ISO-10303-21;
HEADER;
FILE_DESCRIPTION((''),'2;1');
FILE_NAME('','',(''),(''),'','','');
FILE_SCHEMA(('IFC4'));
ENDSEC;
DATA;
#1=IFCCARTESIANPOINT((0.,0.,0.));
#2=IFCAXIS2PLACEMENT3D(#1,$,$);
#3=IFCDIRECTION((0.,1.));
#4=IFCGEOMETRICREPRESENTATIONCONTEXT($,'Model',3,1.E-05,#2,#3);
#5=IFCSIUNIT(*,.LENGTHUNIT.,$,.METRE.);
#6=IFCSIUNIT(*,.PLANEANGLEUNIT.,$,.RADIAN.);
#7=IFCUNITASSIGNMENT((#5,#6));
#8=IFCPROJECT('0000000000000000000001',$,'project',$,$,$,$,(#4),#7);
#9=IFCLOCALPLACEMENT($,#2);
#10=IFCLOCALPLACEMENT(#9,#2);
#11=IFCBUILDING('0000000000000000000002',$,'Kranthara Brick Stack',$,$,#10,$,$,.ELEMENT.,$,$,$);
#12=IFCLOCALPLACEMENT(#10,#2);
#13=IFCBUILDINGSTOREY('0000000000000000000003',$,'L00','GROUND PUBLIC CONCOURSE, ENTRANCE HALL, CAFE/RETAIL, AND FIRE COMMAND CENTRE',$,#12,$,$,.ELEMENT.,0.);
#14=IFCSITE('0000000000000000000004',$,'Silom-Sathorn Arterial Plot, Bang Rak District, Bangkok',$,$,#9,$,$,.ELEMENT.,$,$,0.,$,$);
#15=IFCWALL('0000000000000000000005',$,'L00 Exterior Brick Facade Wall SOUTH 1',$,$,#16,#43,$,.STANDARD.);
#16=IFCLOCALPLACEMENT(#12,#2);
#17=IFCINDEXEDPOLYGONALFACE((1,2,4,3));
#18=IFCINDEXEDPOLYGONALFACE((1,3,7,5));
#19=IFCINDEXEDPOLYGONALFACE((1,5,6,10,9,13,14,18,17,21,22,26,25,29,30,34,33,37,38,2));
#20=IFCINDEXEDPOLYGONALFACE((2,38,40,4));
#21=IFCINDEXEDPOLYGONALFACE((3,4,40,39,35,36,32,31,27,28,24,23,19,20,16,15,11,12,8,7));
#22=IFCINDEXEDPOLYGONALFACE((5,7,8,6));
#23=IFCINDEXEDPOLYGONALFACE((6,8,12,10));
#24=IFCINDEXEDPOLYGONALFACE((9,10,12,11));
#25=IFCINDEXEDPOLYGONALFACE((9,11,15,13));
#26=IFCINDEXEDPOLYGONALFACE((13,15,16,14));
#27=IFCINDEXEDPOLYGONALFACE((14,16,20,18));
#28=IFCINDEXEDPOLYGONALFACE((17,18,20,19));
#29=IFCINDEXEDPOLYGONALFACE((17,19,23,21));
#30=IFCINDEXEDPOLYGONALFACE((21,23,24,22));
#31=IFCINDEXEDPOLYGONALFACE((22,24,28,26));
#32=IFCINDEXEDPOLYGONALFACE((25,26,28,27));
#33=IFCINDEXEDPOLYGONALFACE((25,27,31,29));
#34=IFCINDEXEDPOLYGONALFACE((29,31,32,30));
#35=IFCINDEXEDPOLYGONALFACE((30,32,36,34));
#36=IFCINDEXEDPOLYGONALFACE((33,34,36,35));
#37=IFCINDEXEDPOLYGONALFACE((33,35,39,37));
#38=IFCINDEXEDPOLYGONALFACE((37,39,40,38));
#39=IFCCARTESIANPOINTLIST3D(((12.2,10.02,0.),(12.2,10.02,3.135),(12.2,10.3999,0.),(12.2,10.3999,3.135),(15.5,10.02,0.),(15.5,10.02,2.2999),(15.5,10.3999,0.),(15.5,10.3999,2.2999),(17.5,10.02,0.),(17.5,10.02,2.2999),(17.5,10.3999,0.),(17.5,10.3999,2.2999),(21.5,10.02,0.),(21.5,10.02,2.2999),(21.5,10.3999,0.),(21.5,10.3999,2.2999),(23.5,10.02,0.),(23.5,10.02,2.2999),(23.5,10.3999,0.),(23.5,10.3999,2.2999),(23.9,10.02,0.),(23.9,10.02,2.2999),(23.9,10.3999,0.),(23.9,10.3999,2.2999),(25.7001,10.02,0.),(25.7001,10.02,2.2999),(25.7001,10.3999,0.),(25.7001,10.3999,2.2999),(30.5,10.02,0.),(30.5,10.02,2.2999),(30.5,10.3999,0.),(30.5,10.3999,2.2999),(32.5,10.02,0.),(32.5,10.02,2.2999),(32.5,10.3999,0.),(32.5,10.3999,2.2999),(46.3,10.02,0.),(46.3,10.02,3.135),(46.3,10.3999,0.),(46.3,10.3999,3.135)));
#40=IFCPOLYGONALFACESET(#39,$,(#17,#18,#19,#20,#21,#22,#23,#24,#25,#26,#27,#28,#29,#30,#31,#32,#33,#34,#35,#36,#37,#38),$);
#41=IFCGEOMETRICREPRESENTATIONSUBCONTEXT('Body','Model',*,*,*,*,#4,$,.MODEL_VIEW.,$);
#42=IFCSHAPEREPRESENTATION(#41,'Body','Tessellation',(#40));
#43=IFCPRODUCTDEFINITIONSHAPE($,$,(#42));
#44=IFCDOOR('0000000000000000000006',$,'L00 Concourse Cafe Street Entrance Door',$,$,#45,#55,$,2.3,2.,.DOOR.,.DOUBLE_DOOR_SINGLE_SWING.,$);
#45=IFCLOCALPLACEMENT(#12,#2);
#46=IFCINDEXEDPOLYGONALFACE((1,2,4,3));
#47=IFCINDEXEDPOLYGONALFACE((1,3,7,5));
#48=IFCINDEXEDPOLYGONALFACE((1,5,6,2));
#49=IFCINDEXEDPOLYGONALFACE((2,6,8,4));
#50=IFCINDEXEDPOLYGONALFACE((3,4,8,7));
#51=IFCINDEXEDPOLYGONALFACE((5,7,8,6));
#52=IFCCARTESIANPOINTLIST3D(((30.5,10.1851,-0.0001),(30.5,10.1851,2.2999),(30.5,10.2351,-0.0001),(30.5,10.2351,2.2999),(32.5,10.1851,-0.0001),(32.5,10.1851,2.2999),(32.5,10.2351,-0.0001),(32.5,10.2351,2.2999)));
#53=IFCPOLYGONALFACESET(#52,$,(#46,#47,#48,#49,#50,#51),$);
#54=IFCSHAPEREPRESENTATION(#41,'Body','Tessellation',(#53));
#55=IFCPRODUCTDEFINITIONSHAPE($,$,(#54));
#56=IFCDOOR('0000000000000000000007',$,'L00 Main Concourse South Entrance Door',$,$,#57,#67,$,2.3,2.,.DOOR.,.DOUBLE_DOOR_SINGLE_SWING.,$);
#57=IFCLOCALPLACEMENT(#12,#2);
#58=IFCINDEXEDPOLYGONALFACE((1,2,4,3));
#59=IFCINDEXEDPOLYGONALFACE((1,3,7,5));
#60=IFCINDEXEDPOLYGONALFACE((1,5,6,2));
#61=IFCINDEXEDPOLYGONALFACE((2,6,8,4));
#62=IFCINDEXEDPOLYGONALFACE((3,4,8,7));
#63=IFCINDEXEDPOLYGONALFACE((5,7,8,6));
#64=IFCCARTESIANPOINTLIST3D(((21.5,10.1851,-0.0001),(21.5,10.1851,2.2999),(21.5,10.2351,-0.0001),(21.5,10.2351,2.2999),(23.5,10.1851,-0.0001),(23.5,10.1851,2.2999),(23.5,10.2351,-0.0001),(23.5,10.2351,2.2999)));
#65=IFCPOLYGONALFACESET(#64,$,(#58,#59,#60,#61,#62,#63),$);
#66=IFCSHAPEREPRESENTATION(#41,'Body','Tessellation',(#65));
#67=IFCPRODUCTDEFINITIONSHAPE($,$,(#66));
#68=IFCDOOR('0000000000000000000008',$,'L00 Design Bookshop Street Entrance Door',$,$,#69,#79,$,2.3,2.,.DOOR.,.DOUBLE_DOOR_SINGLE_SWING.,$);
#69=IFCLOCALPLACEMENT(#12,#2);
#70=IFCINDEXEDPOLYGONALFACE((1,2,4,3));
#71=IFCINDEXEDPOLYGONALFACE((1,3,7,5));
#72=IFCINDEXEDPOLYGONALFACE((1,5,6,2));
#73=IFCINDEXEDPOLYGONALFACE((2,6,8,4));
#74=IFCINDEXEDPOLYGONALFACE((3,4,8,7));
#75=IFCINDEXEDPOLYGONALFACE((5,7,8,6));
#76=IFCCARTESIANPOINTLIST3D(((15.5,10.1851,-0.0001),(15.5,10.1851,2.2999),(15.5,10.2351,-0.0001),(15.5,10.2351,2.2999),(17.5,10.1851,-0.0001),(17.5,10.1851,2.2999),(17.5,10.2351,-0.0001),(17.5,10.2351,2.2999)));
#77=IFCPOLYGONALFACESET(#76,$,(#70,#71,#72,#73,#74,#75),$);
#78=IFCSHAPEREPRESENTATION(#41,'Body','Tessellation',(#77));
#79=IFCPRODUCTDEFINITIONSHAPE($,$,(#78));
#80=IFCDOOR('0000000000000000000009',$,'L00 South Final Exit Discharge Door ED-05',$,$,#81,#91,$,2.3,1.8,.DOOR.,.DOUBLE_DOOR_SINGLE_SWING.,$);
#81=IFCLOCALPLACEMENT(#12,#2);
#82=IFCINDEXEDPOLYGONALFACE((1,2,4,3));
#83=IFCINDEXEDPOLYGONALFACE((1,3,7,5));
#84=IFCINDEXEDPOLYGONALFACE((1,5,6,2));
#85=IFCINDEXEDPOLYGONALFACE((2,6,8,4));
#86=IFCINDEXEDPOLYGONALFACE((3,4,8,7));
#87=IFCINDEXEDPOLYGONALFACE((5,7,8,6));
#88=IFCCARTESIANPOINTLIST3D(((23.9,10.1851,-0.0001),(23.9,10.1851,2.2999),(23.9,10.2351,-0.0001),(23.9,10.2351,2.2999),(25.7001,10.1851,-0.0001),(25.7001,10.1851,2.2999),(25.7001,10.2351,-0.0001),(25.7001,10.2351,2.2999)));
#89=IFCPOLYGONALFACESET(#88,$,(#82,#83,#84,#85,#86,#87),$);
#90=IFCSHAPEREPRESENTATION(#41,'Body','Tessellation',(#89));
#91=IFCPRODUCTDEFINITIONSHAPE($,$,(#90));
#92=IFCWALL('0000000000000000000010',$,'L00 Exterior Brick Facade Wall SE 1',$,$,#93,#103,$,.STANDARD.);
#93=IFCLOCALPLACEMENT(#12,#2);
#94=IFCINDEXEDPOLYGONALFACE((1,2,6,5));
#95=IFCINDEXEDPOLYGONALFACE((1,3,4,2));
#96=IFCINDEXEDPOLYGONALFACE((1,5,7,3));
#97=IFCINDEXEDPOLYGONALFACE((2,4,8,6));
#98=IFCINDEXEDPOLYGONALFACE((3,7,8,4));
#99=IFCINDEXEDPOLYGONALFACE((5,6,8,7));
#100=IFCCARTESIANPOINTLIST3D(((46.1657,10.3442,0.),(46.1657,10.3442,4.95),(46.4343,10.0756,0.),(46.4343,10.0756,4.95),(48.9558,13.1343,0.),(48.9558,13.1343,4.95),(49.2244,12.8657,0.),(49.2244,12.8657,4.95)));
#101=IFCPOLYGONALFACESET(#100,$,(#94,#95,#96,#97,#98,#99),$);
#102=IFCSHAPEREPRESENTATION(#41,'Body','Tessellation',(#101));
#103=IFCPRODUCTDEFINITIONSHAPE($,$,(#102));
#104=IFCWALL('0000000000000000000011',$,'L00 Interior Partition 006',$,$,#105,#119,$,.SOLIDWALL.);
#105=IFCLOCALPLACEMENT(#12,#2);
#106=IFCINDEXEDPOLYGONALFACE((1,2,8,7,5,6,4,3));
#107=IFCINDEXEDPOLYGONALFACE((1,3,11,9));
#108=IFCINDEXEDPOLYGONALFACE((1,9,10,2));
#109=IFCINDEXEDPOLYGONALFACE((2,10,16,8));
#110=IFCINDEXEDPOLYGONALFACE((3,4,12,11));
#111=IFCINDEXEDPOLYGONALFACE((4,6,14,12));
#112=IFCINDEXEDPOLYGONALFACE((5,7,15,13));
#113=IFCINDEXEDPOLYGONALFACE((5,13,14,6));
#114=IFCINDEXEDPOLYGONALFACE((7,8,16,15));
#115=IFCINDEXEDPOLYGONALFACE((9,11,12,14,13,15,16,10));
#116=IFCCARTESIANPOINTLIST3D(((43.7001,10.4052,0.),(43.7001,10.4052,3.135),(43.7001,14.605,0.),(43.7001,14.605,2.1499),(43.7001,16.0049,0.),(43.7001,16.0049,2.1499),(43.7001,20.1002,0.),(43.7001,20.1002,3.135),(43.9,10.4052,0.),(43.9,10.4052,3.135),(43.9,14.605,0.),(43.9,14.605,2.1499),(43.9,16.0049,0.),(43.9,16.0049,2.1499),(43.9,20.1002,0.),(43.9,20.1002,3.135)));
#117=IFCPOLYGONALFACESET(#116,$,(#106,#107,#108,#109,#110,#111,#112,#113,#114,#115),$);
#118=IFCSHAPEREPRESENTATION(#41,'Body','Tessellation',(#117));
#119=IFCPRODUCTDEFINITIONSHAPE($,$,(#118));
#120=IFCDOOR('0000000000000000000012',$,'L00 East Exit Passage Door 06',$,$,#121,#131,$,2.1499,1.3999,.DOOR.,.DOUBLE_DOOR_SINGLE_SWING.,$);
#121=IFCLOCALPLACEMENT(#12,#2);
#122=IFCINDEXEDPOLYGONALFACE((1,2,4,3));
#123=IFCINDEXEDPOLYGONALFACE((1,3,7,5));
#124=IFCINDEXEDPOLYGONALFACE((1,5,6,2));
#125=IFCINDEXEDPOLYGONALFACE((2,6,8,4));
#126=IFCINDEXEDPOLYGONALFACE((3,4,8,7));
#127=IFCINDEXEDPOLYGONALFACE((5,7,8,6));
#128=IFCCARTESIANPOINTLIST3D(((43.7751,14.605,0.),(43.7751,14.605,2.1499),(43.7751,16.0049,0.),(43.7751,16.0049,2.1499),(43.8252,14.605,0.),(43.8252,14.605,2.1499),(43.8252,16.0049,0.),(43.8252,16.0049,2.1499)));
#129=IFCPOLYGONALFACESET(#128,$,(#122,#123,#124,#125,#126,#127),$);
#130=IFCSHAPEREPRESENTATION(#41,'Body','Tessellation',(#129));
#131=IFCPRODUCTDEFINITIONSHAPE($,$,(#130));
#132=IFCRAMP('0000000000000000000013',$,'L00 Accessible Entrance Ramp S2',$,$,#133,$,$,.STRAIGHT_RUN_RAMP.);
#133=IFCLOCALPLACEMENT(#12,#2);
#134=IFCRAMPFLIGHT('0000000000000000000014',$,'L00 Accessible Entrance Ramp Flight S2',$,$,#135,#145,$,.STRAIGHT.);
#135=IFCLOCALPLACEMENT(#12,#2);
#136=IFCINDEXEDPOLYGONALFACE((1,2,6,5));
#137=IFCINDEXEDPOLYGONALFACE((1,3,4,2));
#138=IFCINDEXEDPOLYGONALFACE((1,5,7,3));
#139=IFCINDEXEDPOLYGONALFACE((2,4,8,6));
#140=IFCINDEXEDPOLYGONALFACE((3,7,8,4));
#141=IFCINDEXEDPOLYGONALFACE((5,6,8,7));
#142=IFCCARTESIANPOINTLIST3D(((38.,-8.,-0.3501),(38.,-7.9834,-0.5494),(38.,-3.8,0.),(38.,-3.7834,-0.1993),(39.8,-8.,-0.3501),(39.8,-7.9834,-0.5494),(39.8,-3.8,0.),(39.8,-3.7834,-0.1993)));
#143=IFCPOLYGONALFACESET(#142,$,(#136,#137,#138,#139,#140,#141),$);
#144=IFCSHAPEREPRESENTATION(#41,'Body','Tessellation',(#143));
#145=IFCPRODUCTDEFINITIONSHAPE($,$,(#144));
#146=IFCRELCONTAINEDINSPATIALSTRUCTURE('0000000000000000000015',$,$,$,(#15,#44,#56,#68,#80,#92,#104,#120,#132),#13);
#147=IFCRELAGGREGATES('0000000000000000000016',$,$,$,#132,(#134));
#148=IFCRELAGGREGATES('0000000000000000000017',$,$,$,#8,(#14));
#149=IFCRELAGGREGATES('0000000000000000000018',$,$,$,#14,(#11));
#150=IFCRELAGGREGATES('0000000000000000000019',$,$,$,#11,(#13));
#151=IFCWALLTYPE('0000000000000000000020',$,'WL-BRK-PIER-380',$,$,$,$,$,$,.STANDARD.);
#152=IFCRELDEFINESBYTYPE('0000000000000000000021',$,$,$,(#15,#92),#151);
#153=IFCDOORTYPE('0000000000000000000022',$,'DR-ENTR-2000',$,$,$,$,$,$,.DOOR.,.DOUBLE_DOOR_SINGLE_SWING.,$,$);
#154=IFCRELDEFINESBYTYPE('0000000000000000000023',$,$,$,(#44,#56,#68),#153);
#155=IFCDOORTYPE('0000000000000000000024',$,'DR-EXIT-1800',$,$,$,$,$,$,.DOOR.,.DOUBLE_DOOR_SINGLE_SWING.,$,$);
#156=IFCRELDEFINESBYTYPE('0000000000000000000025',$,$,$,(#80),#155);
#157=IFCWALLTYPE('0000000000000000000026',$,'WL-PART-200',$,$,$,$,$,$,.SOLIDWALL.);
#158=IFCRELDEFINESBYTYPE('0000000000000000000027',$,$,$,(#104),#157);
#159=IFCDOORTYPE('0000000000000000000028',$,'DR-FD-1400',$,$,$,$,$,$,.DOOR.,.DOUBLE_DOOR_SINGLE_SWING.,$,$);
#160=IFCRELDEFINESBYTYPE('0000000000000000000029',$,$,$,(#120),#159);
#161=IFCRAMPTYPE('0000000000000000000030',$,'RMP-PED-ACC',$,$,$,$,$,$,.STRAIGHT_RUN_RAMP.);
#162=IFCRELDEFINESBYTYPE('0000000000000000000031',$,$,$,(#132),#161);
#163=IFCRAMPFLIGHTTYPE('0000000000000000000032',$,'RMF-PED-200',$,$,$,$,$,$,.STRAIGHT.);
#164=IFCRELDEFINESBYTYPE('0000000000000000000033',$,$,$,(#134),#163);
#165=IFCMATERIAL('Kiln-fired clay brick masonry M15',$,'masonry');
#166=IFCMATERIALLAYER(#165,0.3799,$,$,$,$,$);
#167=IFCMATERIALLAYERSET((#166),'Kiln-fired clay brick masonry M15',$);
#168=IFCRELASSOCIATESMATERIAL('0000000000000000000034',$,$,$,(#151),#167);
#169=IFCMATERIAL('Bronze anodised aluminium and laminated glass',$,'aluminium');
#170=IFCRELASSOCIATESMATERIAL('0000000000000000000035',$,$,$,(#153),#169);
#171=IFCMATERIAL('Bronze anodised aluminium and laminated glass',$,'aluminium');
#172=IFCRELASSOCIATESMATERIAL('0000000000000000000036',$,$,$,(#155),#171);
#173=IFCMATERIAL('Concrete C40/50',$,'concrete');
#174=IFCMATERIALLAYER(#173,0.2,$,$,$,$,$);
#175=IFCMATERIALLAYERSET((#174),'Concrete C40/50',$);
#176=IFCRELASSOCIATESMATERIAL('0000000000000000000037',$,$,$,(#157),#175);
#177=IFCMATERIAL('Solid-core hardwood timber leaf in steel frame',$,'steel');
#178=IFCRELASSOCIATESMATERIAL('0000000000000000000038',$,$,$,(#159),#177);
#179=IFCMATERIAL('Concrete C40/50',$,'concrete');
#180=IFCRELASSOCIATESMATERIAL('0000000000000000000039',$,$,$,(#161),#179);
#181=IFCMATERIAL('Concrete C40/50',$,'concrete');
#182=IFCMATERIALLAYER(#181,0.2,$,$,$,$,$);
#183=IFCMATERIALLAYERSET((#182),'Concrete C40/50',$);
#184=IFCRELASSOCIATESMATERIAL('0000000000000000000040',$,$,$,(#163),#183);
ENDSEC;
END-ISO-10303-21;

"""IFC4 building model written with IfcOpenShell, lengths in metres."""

from ifc_helpers import new_model, si_unit, direction, frame, frame_2d, origin, place, context, subcontext, project, spatial, polyline, rectangle, outline, extrude, material, layer, layer_set, type_object, element, fill, aggregate, save


model = new_model("IFC4")

# Units and contexts
model_context = context("Model", 3, precision=1e-05, world=origin(), true_north=direction((0.0, 1.0)))
body_context = subcontext(model_context, "Body", "Model", "MODEL_VIEW")
ifc_project = project(units=[si_unit("LENGTHUNIT", "METRE"), si_unit("PLANEANGLEUNIT", "RADIAN")], contexts=[model_context])

# Site, building, storey
site_placement = place(None, origin())
site = spatial("IfcSite", under=ifc_project, at=site_placement, Name="Silom-Sathorn Arterial Plot, Bang Rak District, Bangkok", CompositionType="ELEMENT", RefElevation=0.0)
building_placement = place(site_placement, origin())
building = spatial("IfcBuilding", under=site, at=building_placement, Name="Kranthara Brick Stack", CompositionType="ELEMENT")
storey_placement = place(building_placement, origin())
storey = spatial("IfcBuildingStorey", under=building, at=storey_placement, Name="L00", Description="GROUND PUBLIC CONCOURSE, ENTRANCE HALL, CAFE/RETAIL, AND FIRE COMMAND CENTRE", CompositionType="ELEMENT", Elevation=0.0)

# Wall, openings, doors
ifc_material_1 = material(Name="Kiln-fired clay brick masonry M15", Category="masonry")
ifc_layer_1 = layer(ifc_material_1, 0.3799)
ifc_layer_set_1 = layer_set([ifc_layer_1], Name="Kiln-fired clay brick masonry M15")
wall_type_1 = type_object("IfcWallType", Name="WL-BRK-PIER-380", PredefinedType="STANDARD", material=ifc_layer_set_1)
wall_1_placement = place(storey_placement, frame((46.3, 10.21, 0.0), z_axis=(0.0, 0.0, 1.0), x_axis=(-1.0, 0.0, 0.0)))
wall_1 = element("IfcWall", 1, at=wall_1_placement, inside=storey, type_object=wall_type_1, Name="L00 Exterior Brick Facade Wall SOUTH 1", PredefinedType="STANDARD", context=body_context, shape_type="SweptSolid", body=[
    extrude(rectangle(XDim=34.1001, YDim=0.3799, at=frame_2d((17.05, 0.0))), origin(), (0.0, 0.0, 1.0), 3.135),
])
opening_1_placement = place(wall_1_placement, frame((13.8, 0.0, 0.0)))
opening_1 = element("IfcOpeningElement", 2, at=opening_1_placement, cuts=wall_1, PredefinedType="OPENING", context=body_context, shape_type="SweptSolid", body=[
    extrude(rectangle(XDim=2.0, YDim=2.3, at=frame_2d((1.0, 1.1499))), frame((0.0, 0.2, 0.0), z_axis=(0.0, -1.0, 0.0), x_axis=(1.0, 0.0, 0.0)), (0.0, 0.0, 1.0), 0.3999),
])
opening_2_placement = place(wall_1_placement, frame((20.6001, 0.0, 0.0)))
opening_2 = element("IfcOpeningElement", 3, at=opening_2_placement, cuts=wall_1, PredefinedType="OPENING", context=body_context, shape_type="SweptSolid", body=[
    extrude(rectangle(XDim=1.8, YDim=2.3, at=frame_2d((0.8999, 1.1499))), frame((0.0, 0.2, 0.0), z_axis=(0.0, -1.0, 0.0), x_axis=(1.0, 0.0, 0.0)), (0.0, 0.0, 1.0), 0.3999),
])
opening_3_placement = place(wall_1_placement, frame((22.8, 0.0, 0.0)))
opening_3 = element("IfcOpeningElement", 4, at=opening_3_placement, cuts=wall_1, PredefinedType="OPENING", context=body_context, shape_type="SweptSolid", body=[
    extrude(rectangle(XDim=2.0, YDim=2.3, at=frame_2d((1.0, 1.1499))), frame((0.0, 0.2, 0.0), z_axis=(0.0, -1.0, 0.0), x_axis=(1.0, 0.0, 0.0)), (0.0, 0.0, 1.0), 0.3999),
])
opening_4_placement = place(wall_1_placement, frame((28.8, 0.0, 0.0)))
opening_4 = element("IfcOpeningElement", 5, at=opening_4_placement, cuts=wall_1, PredefinedType="OPENING", context=body_context, shape_type="SweptSolid", body=[
    extrude(rectangle(XDim=2.0, YDim=2.3, at=frame_2d((1.0, 1.1499))), frame((0.0, 0.2, 0.0), z_axis=(0.0, -1.0, 0.0), x_axis=(1.0, 0.0, 0.0)), (0.0, 0.0, 1.0), 0.3999),
])
ifc_material_2 = material(Name="Bronze anodised aluminium and laminated glass", Category="aluminium")
door_type_1 = type_object("IfcDoorType", Name="DR-ENTR-2000", OperationType="DOUBLE_DOOR_SINGLE_SWING", PredefinedType="DOOR", material=ifc_material_2)
door_1_placement = place(opening_1_placement, origin())
door_1 = element("IfcDoor", 6, at=door_1_placement, inside=storey, type_object=door_type_1, Name="L00 Concourse Cafe Street Entrance Door", OperationType="DOUBLE_DOOR_SINGLE_SWING", OverallHeight=2.3, OverallWidth=2.0, PredefinedType="DOOR", context=body_context, shape_type="SweptSolid", body=[
    extrude(rectangle(XDim=2.0, YDim=2.3, at=frame_2d((1.0, 1.1499))), frame((0.0, 0.0249, 0.0), z_axis=(0.0, -1.0, 0.0), x_axis=(1.0, 0.0, 0.0)), (0.0, 0.0, 1.0), 0.05),
])
fill(opening_1, door_1)
door_2_placement = place(opening_3_placement, origin())
door_2 = element("IfcDoor", 7, at=door_2_placement, inside=storey, type_object=door_type_1, Name="L00 Main Concourse South Entrance Door", OperationType="DOUBLE_DOOR_SINGLE_SWING", OverallHeight=2.3, OverallWidth=2.0, PredefinedType="DOOR", context=body_context, shape_type="SweptSolid", body=[
    extrude(rectangle(XDim=2.0, YDim=2.3, at=frame_2d((1.0, 1.1499))), frame((0.0, 0.0249, 0.0), z_axis=(0.0, -1.0, 0.0), x_axis=(1.0, 0.0, 0.0)), (0.0, 0.0, 1.0), 0.05),
])
fill(opening_3, door_2)
door_3_placement = place(opening_4_placement, origin())
door_3 = element("IfcDoor", 8, at=door_3_placement, inside=storey, type_object=door_type_1, Name="L00 Design Bookshop Street Entrance Door", OperationType="DOUBLE_DOOR_SINGLE_SWING", OverallHeight=2.3, OverallWidth=2.0, PredefinedType="DOOR", context=body_context, shape_type="SweptSolid", body=[
    extrude(rectangle(XDim=2.0, YDim=2.3, at=frame_2d((1.0, 1.1499))), frame((0.0, 0.0249, 0.0), z_axis=(0.0, -1.0, 0.0), x_axis=(1.0, 0.0, 0.0)), (0.0, 0.0, 1.0), 0.05),
])
fill(opening_4, door_3)
ifc_material_3 = material(Name="Bronze anodised aluminium and laminated glass", Category="aluminium")
door_type_2 = type_object("IfcDoorType", Name="DR-EXIT-1800", OperationType="DOUBLE_DOOR_SINGLE_SWING", PredefinedType="DOOR", material=ifc_material_3)
door_4_placement = place(opening_2_placement, origin())
door_4 = element("IfcDoor", 9, at=door_4_placement, inside=storey, type_object=door_type_2, Name="L00 South Final Exit Discharge Door ED-05", OperationType="DOUBLE_DOOR_SINGLE_SWING", OverallHeight=2.3, OverallWidth=1.8, PredefinedType="DOOR", context=body_context, shape_type="SweptSolid", body=[
    extrude(rectangle(XDim=1.8, YDim=2.3, at=frame_2d((0.8999, 1.1499))), frame((0.0, 0.0249, 0.0), z_axis=(0.0, -1.0, 0.0), x_axis=(1.0, 0.0, 0.0)), (0.0, 0.0, 1.0), 0.05),
])
fill(opening_2, door_4)

# Wall
wall_2_placement = place(storey_placement, frame((49.0901, 13.0, 0.0), z_axis=(0.0, 0.0, 1.0), x_axis=(-0.707107, -0.707107, 0.0)))
element("IfcWall", 10, at=wall_2_placement, inside=storey, type_object=wall_type_1, Name="L00 Exterior Brick Facade Wall SE 1", PredefinedType="STANDARD", context=body_context, shape_type="SweptSolid", body=[
    extrude(rectangle(XDim=3.9458, YDim=0.3799, at=frame_2d((1.9729, 0.0))), origin(), (0.0, 0.0, 1.0), 4.95),
])

# Wall, opening, door
ifc_material_4 = material(Name="Concrete C40/50", Category="concrete")
ifc_layer_2 = layer(ifc_material_4, 0.2)
ifc_layer_set_2 = layer_set([ifc_layer_2], Name="Concrete C40/50")
wall_type_2 = type_object("IfcWallType", Name="WL-PART-200", PredefinedType="SOLIDWALL", material=ifc_layer_set_2)
wall_3_placement = place(storey_placement, frame((43.8, 10.405, 0.0), z_axis=(0.0, 0.0, 1.0), x_axis=(0.0, 1.0, 0.0)))
wall_3 = element("IfcWall", 11, at=wall_3_placement, inside=storey, type_object=wall_type_2, Name="L00 Interior Partition 006", PredefinedType="SOLIDWALL", context=body_context, shape_type="SweptSolid", body=[
    extrude(rectangle(XDim=9.6951, YDim=0.2, at=frame_2d((4.8477, 0.0))), origin(), (0.0, 0.0, 1.0), 3.135),
])
opening_5_placement = place(wall_3_placement, frame((4.2, 0.0, 0.0)))
opening_5 = element("IfcOpeningElement", 12, at=opening_5_placement, cuts=wall_3, PredefinedType="OPENING", context=body_context, shape_type="SweptSolid", body=[
    extrude(rectangle(XDim=1.3999, YDim=2.1499, at=frame_2d((0.7, 1.075))), frame((0.0, 0.1099, 0.0), z_axis=(0.0, -1.0, 0.0), x_axis=(1.0, 0.0, 0.0)), (0.0, 0.0, 1.0), 0.22),
])
ifc_material_5 = material(Name="Solid-core hardwood timber leaf in steel frame", Category="steel")
door_type_3 = type_object("IfcDoorType", Name="DR-FD-1400", OperationType="DOUBLE_DOOR_SINGLE_SWING", PredefinedType="DOOR", material=ifc_material_5)
door_5_placement = place(opening_5_placement, origin())
door_5 = element("IfcDoor", 13, at=door_5_placement, inside=storey, type_object=door_type_3, Name="L00 East Exit Passage Door 06", OperationType="DOUBLE_DOOR_SINGLE_SWING", OverallHeight=2.1499, OverallWidth=1.3999, PredefinedType="DOOR", context=body_context, shape_type="SweptSolid", body=[
    extrude(rectangle(XDim=1.3999, YDim=2.1499, at=frame_2d((0.7, 1.075))), frame((0.0, 0.0249, 0.0), z_axis=(0.0, -1.0, 0.0), x_axis=(1.0, 0.0, 0.0)), (0.0, 0.0, 1.0), 0.05),
])
fill(opening_5, door_5)

# Ramp, ramp flight
ifc_material_6 = material(Name="Concrete C40/50", Category="concrete")
ramp_type = type_object("IfcRampType", Name="RMP-PED-ACC", PredefinedType="STRAIGHT_RUN_RAMP", material=ifc_material_6)
ramp_placement = place(storey_placement, origin())
ramp = element("IfcRamp", 14, at=ramp_placement, inside=storey, type_object=ramp_type, Name="L00 Accessible Entrance Ramp S2", PredefinedType="STRAIGHT_RUN_RAMP")
ifc_material_7 = material(Name="Concrete C40/50", Category="concrete")
ifc_layer_3 = layer(ifc_material_7, 0.2)
ifc_layer_set_3 = layer_set([ifc_layer_3], Name="Concrete C40/50")
ramp_flight_type = type_object("IfcRampFlightType", Name="RMF-PED-200", PredefinedType="STRAIGHT", material=ifc_layer_set_3)
ramp_flight_placement = place(storey_placement, frame((38.0, -8.0, -0.3501), z_axis=(0.0, -0.083069, 0.996544), x_axis=(1.0, 0.0, 0.0)))
ramp_flight = element("IfcRampFlight", 15, at=ramp_flight_placement, type_object=ramp_flight_type, Name="L00 Accessible Entrance Ramp Flight S2", PredefinedType="STRAIGHT", context=body_context, shape_type="SweptSolid", body=[
    extrude(outline(polyline([(0.0, 0.0), (1.8, 0.0), (1.8, 4.2145), (0.0, 4.2145), (0.0, 0.0)])), origin(), (0.0, 0.0, -1.0), 0.2),
])
aggregate(ramp, [ramp_flight])

save(model, "model.ifc")
